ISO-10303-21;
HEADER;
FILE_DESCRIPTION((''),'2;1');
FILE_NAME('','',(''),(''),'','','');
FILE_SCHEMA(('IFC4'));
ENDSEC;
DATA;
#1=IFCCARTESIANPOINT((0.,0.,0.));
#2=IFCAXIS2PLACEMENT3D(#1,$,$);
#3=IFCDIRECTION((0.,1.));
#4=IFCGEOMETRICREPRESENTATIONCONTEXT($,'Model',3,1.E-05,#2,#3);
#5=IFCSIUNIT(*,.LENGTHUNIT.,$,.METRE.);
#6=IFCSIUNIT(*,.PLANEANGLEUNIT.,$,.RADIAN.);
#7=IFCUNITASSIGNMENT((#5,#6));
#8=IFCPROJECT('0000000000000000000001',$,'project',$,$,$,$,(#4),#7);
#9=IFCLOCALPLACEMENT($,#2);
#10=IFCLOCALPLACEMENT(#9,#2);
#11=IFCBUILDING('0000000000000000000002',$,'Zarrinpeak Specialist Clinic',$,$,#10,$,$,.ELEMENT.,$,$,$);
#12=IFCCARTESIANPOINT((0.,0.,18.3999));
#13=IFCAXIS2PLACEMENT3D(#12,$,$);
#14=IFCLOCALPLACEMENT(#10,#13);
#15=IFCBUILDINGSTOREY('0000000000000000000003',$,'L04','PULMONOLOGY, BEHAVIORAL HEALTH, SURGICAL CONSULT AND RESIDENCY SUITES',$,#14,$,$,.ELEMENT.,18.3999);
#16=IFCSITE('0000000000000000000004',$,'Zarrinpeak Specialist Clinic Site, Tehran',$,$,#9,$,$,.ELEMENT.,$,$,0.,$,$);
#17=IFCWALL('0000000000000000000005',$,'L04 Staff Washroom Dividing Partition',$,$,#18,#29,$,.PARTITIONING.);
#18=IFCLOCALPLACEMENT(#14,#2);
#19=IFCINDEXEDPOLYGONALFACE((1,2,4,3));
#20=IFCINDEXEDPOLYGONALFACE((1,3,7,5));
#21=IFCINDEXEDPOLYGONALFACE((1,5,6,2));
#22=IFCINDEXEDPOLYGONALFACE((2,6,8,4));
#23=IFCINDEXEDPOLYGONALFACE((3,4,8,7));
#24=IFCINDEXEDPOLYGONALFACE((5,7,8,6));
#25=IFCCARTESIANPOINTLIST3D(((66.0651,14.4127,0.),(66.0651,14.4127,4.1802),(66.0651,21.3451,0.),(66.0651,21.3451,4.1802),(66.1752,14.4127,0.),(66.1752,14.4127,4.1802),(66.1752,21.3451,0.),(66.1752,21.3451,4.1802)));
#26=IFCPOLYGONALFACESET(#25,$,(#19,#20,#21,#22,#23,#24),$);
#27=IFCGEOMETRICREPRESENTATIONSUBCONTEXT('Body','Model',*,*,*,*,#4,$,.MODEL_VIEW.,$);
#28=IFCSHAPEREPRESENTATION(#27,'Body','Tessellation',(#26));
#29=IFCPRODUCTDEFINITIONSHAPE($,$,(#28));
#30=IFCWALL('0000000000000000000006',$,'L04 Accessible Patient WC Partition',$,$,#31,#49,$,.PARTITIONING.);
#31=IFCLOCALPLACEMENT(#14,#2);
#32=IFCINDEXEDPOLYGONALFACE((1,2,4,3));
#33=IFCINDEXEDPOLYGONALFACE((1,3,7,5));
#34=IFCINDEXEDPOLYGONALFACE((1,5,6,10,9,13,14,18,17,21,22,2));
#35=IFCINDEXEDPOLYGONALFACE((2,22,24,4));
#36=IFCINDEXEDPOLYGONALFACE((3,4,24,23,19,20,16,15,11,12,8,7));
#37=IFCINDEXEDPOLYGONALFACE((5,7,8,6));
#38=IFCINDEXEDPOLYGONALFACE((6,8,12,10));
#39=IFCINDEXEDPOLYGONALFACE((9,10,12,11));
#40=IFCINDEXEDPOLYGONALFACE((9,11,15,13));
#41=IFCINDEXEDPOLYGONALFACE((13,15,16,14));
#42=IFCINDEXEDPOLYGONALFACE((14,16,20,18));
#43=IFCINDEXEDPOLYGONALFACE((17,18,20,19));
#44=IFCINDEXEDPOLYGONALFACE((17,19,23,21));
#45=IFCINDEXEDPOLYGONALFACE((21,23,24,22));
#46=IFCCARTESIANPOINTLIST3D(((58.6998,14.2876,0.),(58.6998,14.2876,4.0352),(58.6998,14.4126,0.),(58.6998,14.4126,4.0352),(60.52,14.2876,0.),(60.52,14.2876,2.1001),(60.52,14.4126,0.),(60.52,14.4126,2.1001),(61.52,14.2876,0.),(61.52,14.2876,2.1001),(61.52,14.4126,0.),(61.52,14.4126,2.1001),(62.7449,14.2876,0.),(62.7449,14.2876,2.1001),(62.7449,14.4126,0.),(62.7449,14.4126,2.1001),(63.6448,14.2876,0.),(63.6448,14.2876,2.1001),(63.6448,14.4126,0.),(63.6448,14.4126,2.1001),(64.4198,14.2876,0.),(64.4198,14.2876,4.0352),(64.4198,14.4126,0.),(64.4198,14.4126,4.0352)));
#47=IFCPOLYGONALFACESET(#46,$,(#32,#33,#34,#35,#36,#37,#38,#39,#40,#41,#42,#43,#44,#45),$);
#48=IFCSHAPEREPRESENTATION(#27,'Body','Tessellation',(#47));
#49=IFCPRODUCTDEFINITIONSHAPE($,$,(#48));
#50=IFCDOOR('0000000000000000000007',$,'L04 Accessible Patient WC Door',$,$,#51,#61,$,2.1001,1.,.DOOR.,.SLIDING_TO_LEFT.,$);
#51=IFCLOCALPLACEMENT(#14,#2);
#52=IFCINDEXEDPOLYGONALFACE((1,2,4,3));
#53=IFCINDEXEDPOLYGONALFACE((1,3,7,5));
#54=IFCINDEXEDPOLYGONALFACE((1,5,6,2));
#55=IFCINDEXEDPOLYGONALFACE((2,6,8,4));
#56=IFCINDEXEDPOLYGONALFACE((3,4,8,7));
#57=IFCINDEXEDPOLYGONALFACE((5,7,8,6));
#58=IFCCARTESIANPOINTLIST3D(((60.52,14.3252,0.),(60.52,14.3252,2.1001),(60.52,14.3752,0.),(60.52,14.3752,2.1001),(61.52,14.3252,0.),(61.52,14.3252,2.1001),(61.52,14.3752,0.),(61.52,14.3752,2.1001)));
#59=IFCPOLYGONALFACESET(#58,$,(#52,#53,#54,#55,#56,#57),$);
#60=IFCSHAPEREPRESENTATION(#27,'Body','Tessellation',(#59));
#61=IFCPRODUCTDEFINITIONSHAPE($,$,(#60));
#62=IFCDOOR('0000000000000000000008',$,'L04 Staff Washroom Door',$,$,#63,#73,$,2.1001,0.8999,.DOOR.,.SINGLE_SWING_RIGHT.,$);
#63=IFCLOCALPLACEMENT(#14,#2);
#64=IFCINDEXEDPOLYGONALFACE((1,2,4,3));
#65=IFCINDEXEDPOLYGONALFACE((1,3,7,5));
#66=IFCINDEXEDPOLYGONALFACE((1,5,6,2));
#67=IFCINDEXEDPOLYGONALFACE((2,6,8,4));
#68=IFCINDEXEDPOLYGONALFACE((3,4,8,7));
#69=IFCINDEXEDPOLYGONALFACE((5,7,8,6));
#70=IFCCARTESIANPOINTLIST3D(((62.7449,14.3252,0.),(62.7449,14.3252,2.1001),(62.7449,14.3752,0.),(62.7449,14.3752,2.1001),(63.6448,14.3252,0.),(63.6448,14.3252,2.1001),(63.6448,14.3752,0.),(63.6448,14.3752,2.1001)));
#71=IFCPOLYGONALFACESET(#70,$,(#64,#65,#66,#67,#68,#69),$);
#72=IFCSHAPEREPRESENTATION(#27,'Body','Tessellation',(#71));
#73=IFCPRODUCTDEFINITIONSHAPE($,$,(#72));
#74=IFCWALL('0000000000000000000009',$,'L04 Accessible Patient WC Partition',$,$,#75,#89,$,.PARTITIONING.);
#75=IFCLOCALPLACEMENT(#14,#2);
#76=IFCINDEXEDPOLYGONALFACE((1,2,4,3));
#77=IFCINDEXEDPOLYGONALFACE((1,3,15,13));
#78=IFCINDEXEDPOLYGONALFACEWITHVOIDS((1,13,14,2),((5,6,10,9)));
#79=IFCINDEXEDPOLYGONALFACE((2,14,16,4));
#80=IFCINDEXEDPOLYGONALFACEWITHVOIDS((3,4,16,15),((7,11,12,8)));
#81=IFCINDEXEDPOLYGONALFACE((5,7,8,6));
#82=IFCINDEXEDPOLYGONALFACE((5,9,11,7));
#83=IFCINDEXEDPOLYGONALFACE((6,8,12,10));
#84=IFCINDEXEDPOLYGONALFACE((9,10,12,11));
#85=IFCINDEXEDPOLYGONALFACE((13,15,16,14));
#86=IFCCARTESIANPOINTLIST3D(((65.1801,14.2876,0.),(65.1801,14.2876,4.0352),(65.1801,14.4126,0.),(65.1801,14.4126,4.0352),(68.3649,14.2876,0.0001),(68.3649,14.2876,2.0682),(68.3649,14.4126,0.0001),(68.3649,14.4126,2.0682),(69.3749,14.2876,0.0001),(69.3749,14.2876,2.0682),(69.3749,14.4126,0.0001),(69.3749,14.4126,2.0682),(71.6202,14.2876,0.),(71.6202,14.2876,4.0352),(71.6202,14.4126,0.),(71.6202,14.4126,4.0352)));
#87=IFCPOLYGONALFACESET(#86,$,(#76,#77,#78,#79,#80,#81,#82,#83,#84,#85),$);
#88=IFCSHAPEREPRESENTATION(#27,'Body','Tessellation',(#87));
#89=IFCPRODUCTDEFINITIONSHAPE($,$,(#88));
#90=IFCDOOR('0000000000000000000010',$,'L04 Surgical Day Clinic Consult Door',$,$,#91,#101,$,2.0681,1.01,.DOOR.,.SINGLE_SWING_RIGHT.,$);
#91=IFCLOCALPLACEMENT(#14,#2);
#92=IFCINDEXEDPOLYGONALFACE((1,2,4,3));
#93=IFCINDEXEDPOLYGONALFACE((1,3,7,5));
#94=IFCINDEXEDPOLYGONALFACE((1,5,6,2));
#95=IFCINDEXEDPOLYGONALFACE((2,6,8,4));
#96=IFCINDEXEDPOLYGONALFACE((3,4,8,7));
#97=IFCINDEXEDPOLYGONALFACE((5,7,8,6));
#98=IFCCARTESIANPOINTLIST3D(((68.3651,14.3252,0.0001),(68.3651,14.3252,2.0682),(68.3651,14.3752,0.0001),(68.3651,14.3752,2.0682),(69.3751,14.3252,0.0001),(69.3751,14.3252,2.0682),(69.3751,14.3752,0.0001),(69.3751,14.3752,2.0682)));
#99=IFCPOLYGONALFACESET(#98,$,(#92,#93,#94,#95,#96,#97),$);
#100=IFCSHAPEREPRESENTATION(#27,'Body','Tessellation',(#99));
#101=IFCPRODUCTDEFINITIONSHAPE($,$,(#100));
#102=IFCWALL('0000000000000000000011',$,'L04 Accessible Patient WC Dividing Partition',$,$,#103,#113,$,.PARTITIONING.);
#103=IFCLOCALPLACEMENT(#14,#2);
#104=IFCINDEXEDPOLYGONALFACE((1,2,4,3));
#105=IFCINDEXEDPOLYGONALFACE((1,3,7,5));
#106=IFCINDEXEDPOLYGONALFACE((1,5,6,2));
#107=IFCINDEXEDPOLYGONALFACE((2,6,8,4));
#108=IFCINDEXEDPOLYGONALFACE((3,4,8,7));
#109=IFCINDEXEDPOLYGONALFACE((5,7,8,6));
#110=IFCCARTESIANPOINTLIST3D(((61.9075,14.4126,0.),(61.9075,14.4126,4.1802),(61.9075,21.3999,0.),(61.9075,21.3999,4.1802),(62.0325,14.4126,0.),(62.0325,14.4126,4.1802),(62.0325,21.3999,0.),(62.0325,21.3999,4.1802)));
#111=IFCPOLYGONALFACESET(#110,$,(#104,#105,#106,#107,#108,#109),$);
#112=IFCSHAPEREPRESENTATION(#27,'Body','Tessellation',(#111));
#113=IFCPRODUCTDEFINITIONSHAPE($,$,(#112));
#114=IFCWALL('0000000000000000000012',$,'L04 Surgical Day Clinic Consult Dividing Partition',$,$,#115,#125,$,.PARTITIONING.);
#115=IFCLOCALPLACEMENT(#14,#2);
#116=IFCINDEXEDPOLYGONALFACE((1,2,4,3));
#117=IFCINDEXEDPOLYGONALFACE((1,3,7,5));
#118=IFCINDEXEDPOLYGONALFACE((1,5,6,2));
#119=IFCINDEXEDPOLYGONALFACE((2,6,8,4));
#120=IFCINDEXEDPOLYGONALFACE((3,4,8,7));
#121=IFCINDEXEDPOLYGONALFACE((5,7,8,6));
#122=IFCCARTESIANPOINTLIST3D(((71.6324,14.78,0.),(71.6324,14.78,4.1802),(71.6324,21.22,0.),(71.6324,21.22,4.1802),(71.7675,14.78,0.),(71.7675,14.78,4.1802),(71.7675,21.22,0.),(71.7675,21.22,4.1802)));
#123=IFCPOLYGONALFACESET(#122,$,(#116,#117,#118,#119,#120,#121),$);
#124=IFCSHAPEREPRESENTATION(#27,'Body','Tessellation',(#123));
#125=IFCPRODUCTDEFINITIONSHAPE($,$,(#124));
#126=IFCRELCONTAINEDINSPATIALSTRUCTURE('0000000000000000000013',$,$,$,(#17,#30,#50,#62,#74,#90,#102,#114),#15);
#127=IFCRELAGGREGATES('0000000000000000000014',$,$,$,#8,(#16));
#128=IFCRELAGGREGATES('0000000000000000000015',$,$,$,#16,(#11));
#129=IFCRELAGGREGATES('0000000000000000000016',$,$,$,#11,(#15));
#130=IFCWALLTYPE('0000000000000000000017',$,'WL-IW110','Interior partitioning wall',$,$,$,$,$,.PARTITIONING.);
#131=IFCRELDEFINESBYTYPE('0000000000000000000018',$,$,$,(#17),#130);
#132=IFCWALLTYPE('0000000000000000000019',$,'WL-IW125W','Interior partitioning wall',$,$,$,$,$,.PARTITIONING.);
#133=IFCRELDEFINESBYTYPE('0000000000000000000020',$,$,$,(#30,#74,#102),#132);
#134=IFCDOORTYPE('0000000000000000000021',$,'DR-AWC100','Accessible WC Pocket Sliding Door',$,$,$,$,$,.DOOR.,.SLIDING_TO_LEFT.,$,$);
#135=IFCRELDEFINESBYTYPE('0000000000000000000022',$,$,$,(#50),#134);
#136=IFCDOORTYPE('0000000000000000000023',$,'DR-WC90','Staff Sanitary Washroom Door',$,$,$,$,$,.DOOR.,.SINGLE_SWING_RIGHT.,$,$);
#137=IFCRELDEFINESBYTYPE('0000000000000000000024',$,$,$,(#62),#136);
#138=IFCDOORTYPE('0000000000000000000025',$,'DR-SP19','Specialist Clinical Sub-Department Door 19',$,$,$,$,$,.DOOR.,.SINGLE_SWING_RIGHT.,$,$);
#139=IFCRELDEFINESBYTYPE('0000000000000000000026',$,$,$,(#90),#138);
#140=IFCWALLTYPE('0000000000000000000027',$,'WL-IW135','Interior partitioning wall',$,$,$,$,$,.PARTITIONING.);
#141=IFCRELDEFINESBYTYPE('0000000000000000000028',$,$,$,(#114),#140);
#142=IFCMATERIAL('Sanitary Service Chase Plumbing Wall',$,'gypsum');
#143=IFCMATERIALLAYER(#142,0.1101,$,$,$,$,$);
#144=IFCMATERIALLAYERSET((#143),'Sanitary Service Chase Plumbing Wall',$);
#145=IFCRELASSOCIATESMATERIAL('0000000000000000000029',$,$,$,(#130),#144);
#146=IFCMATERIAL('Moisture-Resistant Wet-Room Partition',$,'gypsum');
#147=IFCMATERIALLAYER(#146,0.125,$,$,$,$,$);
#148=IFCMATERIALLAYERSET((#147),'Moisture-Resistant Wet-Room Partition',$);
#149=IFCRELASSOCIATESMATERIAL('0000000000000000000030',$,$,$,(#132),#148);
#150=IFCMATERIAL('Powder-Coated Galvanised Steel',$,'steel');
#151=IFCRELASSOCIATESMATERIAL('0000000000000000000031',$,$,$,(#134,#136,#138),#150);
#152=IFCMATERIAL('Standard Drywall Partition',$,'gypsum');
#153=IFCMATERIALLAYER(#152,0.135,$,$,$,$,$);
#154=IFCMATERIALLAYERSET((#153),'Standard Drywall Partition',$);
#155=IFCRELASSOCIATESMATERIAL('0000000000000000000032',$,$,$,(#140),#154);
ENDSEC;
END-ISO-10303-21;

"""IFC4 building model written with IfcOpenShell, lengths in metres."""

from ifc_helpers import new_model, si_unit, direction, frame, frame_2d, origin, place, context, subcontext, project, spatial, rectangle, extrude, material, layer, layer_set, type_object, element, fill, save


model = new_model("IFC4")

# Units and contexts
model_context = context("Model", 3, precision=1e-05, world=origin(), true_north=direction((0.0, 1.0)))
body_context = subcontext(model_context, "Body", "Model", "MODEL_VIEW")
ifc_project = project(units=[si_unit("LENGTHUNIT", "METRE"), si_unit("PLANEANGLEUNIT", "RADIAN")], contexts=[model_context])

# Site, building, storey
site_placement = place(None, origin())
site = spatial("IfcSite", under=ifc_project, at=site_placement, Name="Zarrinpeak Specialist Clinic Site, Tehran", CompositionType="ELEMENT", RefElevation=0.0)
building_placement = place(site_placement, origin())
building = spatial("IfcBuilding", under=site, at=building_placement, Name="Zarrinpeak Specialist Clinic", CompositionType="ELEMENT")
storey_placement = place(building_placement, frame((0.0, 0.0, 18.3999)))
storey = spatial("IfcBuildingStorey", under=building, at=storey_placement, Name="L04", Description="PULMONOLOGY, BEHAVIORAL HEALTH, SURGICAL CONSULT AND RESIDENCY SUITES", CompositionType="ELEMENT", Elevation=18.3999)

# Wall
ifc_material_1 = material(Name="Sanitary Service Chase Plumbing Wall", Category="gypsum")
ifc_layer_1 = layer(ifc_material_1, 0.1101)
ifc_layer_set_1 = layer_set([ifc_layer_1], Name="Sanitary Service Chase Plumbing Wall")
wall_type_1 = type_object("IfcWallType", Name="WL-IW110", Description="Interior partitioning wall", PredefinedType="PARTITIONING", material=ifc_layer_set_1)
wall_1_placement = place(storey_placement, frame((66.1201, 14.4126, 0.0), z_axis=(0.0, 0.0, 1.0), x_axis=(0.0, 1.0, 0.0)))
element("IfcWall", 1, at=wall_1_placement, inside=storey, type_object=wall_type_1, Name="L04 Staff Washroom Dividing Partition", PredefinedType="PARTITIONING", context=body_context, shape_type="SweptSolid", body=[
    extrude(rectangle(XDim=6.9324, YDim=0.1101, at=frame_2d((3.4663, 0.0))), origin(), (0.0, 0.0, 1.0), 4.1802),
])

# Wall, openings, doors
ifc_material_2 = material(Name="Moisture-Resistant Wet-Room Partition", Category="gypsum")
ifc_layer_2 = layer(ifc_material_2, 0.125)
ifc_layer_set_2 = layer_set([ifc_layer_2], Name="Moisture-Resistant Wet-Room Partition")
wall_type_2 = type_object("IfcWallType", Name="WL-IW125W", Description="Interior partitioning wall", PredefinedType="PARTITIONING", material=ifc_layer_set_2)
wall_2_placement = place(storey_placement, frame((58.7, 14.3501, 0.0), z_axis=(0.0, 0.0, 1.0), x_axis=(1.0, 0.0, 0.0)))
wall_2 = element("IfcWall", 2, at=wall_2_placement, inside=storey, type_object=wall_type_2, Name="L04 Accessible Patient WC Partition", PredefinedType="PARTITIONING", context=body_context, shape_type="SweptSolid", body=[
    extrude(rectangle(XDim=5.72, YDim=0.125, at=frame_2d((2.8599, 0.0))), origin(), (0.0, 0.0, 1.0), 4.0352),
])
opening_1_placement = place(wall_2_placement, frame((1.8201, 0.0, 0.0)))
opening_1 = element("IfcOpeningElement", 3, at=opening_1_placement, cuts=wall_2, PredefinedType="OPENING", context=body_context, shape_type="SweptSolid", body=[
    extrude(rectangle(XDim=1.0, YDim=2.1001, at=frame_2d((0.5, 1.05))), frame((0.0, 0.0725, 0.0), z_axis=(0.0, -1.0, 0.0), x_axis=(1.0, 0.0, 0.0)), (0.0, 0.0, 1.0), 0.145),
])
opening_2_placement = place(wall_2_placement, frame((4.0449, 0.0, 0.0)))
opening_2 = element("IfcOpeningElement", 4, at=opening_2_placement, cuts=wall_2, PredefinedType="OPENING", context=body_context, shape_type="SweptSolid", body=[
    extrude(rectangle(XDim=0.8999, YDim=2.1001, at=frame_2d((0.45, 1.05))), frame((0.0, 0.0725, 0.0), z_axis=(0.0, -1.0, 0.0), x_axis=(1.0, 0.0, 0.0)), (0.0, 0.0, 1.0), 0.145),
])
ifc_material_3 = material(Name="Powder-Coated Galvanised Steel", Category="steel")
door_type_1 = type_object("IfcDoorType", Name="DR-AWC100", Description="Accessible WC Pocket Sliding Door", OperationType="SLIDING_TO_LEFT", PredefinedType="DOOR", material=ifc_material_3)
door_1_placement = place(opening_1_placement, frame((1.0, 0.0, 0.0), z_axis=(0.0, 0.0, 1.0), x_axis=(-1.0, 0.0, 0.0)))
door_1 = element("IfcDoor", 5, at=door_1_placement, inside=storey, type_object=door_type_1, Name="L04 Accessible Patient WC Door", OperationType="SLIDING_TO_LEFT", OverallHeight=2.1001, OverallWidth=1.0, PredefinedType="DOOR", context=body_context, shape_type="SweptSolid", body=[
    extrude(rectangle(XDim=1.0, YDim=2.1001, at=frame_2d((0.5, 1.05))), frame((0.0, 0.0249, 0.0), z_axis=(0.0, -1.0, 0.0), x_axis=(1.0, 0.0, 0.0)), (0.0, 0.0, 1.0), 0.05),
])
fill(opening_1, door_1)
door_type_2 = type_object("IfcDoorType", Name="DR-WC90", Description="Staff Sanitary Washroom Door", OperationType="SINGLE_SWING_RIGHT", PredefinedType="DOOR", material=ifc_material_3)
door_2_placement = place(opening_2_placement, frame((0.8999, 0.0, 0.0), z_axis=(0.0, 0.0, 1.0), x_axis=(-1.0, 0.0, 0.0)))
door_2 = element("IfcDoor", 6, at=door_2_placement, inside=storey, type_object=door_type_2, Name="L04 Staff Washroom Door", OperationType="SINGLE_SWING_RIGHT", OverallHeight=2.1001, OverallWidth=0.8999, PredefinedType="DOOR", context=body_context, shape_type="SweptSolid", body=[
    extrude(rectangle(XDim=0.8999, YDim=2.1001, at=frame_2d((0.45, 1.05))), frame((0.0, 0.0249, 0.0), z_axis=(0.0, -1.0, 0.0), x_axis=(1.0, 0.0, 0.0)), (0.0, 0.0, 1.0), 0.05),
])
fill(opening_2, door_2)

# Wall, opening, door
wall_3_placement = place(storey_placement, frame((65.1799, 14.3501, 0.0), z_axis=(0.0, 0.0, 1.0), x_axis=(1.0, 0.0, 0.0)))
wall_3 = element("IfcWall", 7, at=wall_3_placement, inside=storey, type_object=wall_type_2, Name="L04 Accessible Patient WC Partition", PredefinedType="PARTITIONING", context=body_context, shape_type="SweptSolid", body=[
    extrude(rectangle(XDim=6.4402, YDim=0.125, at=frame_2d((3.2202, 0.0))), origin(), (0.0, 0.0, 1.0), 4.0352),
])
opening_3_placement = place(wall_3_placement, frame((3.1851, 0.0, 0.0)))
opening_3 = element("IfcOpeningElement", 8, at=opening_3_placement, cuts=wall_3, PredefinedType="OPENING", context=body_context, shape_type="SweptSolid", body=[
    extrude(rectangle(XDim=1.01, YDim=2.0681, at=frame_2d((0.5049, 1.0342))), frame((0.0, 0.0725, 0.0), z_axis=(0.0, -1.0, 0.0), x_axis=(1.0, 0.0, 0.0)), (0.0, 0.0, 1.0), 0.145),
])
door_type_3 = type_object("IfcDoorType", Name="DR-SP19", Description="Specialist Clinical Sub-Department Door 19", OperationType="SINGLE_SWING_RIGHT", PredefinedType="DOOR", material=ifc_material_3)
door_3_placement = place(opening_3_placement, frame((1.01, 0.0, 0.0), z_axis=(0.0, 0.0, 1.0), x_axis=(-1.0, 0.0, 0.0)))
door_3 = element("IfcDoor", 9, at=door_3_placement, inside=storey, type_object=door_type_3, Name="L04 Surgical Day Clinic Consult Door", OperationType="SINGLE_SWING_RIGHT", OverallHeight=2.0681, OverallWidth=1.01, PredefinedType="DOOR", context=body_context, shape_type="SweptSolid", body=[
    extrude(rectangle(XDim=1.01, YDim=2.0681, at=frame_2d((0.5049, 1.0342))), frame((0.0, 0.0249, 0.0), z_axis=(0.0, -1.0, 0.0), x_axis=(1.0, 0.0, 0.0)), (0.0, 0.0, 1.0), 0.05),
])
fill(opening_3, door_3)

# Walls
wall_4_placement = place(storey_placement, frame((61.97, 14.4126, 0.0), z_axis=(0.0, 0.0, 1.0), x_axis=(0.0, 1.0, 0.0)))
element("IfcWall", 10, at=wall_4_placement, inside=storey, type_object=wall_type_2, Name="L04 Accessible Patient WC Dividing Partition", PredefinedType="PARTITIONING", context=body_context, shape_type="SweptSolid", body=[
    extrude(rectangle(XDim=6.9873, YDim=0.125, at=frame_2d((3.4937, 0.0))), origin(), (0.0, 0.0, 1.0), 4.1802),
])
ifc_material_4 = material(Name="Standard Drywall Partition", Category="gypsum")
ifc_layer_3 = layer(ifc_material_4, 0.135)
ifc_layer_set_3 = layer_set([ifc_layer_3], Name="Standard Drywall Partition")
wall_type_3 = type_object("IfcWallType", Name="WL-IW135", Description="Interior partitioning wall", PredefinedType="PARTITIONING", material=ifc_layer_set_3)
wall_5_placement = place(storey_placement, frame((71.7, 14.78, 0.0), z_axis=(0.0, 0.0, 1.0), x_axis=(0.0, 1.0, 0.0)))
element("IfcWall", 11, at=wall_5_placement, inside=storey, type_object=wall_type_3, Name="L04 Surgical Day Clinic Consult Dividing Partition", PredefinedType="PARTITIONING", context=body_context, shape_type="SweptSolid", body=[
    extrude(rectangle(XDim=6.4399, YDim=0.135, at=frame_2d((3.22, 0.0))), origin(), (0.0, 0.0, 1.0), 4.1802),
])

save(model, "model.ifc")
